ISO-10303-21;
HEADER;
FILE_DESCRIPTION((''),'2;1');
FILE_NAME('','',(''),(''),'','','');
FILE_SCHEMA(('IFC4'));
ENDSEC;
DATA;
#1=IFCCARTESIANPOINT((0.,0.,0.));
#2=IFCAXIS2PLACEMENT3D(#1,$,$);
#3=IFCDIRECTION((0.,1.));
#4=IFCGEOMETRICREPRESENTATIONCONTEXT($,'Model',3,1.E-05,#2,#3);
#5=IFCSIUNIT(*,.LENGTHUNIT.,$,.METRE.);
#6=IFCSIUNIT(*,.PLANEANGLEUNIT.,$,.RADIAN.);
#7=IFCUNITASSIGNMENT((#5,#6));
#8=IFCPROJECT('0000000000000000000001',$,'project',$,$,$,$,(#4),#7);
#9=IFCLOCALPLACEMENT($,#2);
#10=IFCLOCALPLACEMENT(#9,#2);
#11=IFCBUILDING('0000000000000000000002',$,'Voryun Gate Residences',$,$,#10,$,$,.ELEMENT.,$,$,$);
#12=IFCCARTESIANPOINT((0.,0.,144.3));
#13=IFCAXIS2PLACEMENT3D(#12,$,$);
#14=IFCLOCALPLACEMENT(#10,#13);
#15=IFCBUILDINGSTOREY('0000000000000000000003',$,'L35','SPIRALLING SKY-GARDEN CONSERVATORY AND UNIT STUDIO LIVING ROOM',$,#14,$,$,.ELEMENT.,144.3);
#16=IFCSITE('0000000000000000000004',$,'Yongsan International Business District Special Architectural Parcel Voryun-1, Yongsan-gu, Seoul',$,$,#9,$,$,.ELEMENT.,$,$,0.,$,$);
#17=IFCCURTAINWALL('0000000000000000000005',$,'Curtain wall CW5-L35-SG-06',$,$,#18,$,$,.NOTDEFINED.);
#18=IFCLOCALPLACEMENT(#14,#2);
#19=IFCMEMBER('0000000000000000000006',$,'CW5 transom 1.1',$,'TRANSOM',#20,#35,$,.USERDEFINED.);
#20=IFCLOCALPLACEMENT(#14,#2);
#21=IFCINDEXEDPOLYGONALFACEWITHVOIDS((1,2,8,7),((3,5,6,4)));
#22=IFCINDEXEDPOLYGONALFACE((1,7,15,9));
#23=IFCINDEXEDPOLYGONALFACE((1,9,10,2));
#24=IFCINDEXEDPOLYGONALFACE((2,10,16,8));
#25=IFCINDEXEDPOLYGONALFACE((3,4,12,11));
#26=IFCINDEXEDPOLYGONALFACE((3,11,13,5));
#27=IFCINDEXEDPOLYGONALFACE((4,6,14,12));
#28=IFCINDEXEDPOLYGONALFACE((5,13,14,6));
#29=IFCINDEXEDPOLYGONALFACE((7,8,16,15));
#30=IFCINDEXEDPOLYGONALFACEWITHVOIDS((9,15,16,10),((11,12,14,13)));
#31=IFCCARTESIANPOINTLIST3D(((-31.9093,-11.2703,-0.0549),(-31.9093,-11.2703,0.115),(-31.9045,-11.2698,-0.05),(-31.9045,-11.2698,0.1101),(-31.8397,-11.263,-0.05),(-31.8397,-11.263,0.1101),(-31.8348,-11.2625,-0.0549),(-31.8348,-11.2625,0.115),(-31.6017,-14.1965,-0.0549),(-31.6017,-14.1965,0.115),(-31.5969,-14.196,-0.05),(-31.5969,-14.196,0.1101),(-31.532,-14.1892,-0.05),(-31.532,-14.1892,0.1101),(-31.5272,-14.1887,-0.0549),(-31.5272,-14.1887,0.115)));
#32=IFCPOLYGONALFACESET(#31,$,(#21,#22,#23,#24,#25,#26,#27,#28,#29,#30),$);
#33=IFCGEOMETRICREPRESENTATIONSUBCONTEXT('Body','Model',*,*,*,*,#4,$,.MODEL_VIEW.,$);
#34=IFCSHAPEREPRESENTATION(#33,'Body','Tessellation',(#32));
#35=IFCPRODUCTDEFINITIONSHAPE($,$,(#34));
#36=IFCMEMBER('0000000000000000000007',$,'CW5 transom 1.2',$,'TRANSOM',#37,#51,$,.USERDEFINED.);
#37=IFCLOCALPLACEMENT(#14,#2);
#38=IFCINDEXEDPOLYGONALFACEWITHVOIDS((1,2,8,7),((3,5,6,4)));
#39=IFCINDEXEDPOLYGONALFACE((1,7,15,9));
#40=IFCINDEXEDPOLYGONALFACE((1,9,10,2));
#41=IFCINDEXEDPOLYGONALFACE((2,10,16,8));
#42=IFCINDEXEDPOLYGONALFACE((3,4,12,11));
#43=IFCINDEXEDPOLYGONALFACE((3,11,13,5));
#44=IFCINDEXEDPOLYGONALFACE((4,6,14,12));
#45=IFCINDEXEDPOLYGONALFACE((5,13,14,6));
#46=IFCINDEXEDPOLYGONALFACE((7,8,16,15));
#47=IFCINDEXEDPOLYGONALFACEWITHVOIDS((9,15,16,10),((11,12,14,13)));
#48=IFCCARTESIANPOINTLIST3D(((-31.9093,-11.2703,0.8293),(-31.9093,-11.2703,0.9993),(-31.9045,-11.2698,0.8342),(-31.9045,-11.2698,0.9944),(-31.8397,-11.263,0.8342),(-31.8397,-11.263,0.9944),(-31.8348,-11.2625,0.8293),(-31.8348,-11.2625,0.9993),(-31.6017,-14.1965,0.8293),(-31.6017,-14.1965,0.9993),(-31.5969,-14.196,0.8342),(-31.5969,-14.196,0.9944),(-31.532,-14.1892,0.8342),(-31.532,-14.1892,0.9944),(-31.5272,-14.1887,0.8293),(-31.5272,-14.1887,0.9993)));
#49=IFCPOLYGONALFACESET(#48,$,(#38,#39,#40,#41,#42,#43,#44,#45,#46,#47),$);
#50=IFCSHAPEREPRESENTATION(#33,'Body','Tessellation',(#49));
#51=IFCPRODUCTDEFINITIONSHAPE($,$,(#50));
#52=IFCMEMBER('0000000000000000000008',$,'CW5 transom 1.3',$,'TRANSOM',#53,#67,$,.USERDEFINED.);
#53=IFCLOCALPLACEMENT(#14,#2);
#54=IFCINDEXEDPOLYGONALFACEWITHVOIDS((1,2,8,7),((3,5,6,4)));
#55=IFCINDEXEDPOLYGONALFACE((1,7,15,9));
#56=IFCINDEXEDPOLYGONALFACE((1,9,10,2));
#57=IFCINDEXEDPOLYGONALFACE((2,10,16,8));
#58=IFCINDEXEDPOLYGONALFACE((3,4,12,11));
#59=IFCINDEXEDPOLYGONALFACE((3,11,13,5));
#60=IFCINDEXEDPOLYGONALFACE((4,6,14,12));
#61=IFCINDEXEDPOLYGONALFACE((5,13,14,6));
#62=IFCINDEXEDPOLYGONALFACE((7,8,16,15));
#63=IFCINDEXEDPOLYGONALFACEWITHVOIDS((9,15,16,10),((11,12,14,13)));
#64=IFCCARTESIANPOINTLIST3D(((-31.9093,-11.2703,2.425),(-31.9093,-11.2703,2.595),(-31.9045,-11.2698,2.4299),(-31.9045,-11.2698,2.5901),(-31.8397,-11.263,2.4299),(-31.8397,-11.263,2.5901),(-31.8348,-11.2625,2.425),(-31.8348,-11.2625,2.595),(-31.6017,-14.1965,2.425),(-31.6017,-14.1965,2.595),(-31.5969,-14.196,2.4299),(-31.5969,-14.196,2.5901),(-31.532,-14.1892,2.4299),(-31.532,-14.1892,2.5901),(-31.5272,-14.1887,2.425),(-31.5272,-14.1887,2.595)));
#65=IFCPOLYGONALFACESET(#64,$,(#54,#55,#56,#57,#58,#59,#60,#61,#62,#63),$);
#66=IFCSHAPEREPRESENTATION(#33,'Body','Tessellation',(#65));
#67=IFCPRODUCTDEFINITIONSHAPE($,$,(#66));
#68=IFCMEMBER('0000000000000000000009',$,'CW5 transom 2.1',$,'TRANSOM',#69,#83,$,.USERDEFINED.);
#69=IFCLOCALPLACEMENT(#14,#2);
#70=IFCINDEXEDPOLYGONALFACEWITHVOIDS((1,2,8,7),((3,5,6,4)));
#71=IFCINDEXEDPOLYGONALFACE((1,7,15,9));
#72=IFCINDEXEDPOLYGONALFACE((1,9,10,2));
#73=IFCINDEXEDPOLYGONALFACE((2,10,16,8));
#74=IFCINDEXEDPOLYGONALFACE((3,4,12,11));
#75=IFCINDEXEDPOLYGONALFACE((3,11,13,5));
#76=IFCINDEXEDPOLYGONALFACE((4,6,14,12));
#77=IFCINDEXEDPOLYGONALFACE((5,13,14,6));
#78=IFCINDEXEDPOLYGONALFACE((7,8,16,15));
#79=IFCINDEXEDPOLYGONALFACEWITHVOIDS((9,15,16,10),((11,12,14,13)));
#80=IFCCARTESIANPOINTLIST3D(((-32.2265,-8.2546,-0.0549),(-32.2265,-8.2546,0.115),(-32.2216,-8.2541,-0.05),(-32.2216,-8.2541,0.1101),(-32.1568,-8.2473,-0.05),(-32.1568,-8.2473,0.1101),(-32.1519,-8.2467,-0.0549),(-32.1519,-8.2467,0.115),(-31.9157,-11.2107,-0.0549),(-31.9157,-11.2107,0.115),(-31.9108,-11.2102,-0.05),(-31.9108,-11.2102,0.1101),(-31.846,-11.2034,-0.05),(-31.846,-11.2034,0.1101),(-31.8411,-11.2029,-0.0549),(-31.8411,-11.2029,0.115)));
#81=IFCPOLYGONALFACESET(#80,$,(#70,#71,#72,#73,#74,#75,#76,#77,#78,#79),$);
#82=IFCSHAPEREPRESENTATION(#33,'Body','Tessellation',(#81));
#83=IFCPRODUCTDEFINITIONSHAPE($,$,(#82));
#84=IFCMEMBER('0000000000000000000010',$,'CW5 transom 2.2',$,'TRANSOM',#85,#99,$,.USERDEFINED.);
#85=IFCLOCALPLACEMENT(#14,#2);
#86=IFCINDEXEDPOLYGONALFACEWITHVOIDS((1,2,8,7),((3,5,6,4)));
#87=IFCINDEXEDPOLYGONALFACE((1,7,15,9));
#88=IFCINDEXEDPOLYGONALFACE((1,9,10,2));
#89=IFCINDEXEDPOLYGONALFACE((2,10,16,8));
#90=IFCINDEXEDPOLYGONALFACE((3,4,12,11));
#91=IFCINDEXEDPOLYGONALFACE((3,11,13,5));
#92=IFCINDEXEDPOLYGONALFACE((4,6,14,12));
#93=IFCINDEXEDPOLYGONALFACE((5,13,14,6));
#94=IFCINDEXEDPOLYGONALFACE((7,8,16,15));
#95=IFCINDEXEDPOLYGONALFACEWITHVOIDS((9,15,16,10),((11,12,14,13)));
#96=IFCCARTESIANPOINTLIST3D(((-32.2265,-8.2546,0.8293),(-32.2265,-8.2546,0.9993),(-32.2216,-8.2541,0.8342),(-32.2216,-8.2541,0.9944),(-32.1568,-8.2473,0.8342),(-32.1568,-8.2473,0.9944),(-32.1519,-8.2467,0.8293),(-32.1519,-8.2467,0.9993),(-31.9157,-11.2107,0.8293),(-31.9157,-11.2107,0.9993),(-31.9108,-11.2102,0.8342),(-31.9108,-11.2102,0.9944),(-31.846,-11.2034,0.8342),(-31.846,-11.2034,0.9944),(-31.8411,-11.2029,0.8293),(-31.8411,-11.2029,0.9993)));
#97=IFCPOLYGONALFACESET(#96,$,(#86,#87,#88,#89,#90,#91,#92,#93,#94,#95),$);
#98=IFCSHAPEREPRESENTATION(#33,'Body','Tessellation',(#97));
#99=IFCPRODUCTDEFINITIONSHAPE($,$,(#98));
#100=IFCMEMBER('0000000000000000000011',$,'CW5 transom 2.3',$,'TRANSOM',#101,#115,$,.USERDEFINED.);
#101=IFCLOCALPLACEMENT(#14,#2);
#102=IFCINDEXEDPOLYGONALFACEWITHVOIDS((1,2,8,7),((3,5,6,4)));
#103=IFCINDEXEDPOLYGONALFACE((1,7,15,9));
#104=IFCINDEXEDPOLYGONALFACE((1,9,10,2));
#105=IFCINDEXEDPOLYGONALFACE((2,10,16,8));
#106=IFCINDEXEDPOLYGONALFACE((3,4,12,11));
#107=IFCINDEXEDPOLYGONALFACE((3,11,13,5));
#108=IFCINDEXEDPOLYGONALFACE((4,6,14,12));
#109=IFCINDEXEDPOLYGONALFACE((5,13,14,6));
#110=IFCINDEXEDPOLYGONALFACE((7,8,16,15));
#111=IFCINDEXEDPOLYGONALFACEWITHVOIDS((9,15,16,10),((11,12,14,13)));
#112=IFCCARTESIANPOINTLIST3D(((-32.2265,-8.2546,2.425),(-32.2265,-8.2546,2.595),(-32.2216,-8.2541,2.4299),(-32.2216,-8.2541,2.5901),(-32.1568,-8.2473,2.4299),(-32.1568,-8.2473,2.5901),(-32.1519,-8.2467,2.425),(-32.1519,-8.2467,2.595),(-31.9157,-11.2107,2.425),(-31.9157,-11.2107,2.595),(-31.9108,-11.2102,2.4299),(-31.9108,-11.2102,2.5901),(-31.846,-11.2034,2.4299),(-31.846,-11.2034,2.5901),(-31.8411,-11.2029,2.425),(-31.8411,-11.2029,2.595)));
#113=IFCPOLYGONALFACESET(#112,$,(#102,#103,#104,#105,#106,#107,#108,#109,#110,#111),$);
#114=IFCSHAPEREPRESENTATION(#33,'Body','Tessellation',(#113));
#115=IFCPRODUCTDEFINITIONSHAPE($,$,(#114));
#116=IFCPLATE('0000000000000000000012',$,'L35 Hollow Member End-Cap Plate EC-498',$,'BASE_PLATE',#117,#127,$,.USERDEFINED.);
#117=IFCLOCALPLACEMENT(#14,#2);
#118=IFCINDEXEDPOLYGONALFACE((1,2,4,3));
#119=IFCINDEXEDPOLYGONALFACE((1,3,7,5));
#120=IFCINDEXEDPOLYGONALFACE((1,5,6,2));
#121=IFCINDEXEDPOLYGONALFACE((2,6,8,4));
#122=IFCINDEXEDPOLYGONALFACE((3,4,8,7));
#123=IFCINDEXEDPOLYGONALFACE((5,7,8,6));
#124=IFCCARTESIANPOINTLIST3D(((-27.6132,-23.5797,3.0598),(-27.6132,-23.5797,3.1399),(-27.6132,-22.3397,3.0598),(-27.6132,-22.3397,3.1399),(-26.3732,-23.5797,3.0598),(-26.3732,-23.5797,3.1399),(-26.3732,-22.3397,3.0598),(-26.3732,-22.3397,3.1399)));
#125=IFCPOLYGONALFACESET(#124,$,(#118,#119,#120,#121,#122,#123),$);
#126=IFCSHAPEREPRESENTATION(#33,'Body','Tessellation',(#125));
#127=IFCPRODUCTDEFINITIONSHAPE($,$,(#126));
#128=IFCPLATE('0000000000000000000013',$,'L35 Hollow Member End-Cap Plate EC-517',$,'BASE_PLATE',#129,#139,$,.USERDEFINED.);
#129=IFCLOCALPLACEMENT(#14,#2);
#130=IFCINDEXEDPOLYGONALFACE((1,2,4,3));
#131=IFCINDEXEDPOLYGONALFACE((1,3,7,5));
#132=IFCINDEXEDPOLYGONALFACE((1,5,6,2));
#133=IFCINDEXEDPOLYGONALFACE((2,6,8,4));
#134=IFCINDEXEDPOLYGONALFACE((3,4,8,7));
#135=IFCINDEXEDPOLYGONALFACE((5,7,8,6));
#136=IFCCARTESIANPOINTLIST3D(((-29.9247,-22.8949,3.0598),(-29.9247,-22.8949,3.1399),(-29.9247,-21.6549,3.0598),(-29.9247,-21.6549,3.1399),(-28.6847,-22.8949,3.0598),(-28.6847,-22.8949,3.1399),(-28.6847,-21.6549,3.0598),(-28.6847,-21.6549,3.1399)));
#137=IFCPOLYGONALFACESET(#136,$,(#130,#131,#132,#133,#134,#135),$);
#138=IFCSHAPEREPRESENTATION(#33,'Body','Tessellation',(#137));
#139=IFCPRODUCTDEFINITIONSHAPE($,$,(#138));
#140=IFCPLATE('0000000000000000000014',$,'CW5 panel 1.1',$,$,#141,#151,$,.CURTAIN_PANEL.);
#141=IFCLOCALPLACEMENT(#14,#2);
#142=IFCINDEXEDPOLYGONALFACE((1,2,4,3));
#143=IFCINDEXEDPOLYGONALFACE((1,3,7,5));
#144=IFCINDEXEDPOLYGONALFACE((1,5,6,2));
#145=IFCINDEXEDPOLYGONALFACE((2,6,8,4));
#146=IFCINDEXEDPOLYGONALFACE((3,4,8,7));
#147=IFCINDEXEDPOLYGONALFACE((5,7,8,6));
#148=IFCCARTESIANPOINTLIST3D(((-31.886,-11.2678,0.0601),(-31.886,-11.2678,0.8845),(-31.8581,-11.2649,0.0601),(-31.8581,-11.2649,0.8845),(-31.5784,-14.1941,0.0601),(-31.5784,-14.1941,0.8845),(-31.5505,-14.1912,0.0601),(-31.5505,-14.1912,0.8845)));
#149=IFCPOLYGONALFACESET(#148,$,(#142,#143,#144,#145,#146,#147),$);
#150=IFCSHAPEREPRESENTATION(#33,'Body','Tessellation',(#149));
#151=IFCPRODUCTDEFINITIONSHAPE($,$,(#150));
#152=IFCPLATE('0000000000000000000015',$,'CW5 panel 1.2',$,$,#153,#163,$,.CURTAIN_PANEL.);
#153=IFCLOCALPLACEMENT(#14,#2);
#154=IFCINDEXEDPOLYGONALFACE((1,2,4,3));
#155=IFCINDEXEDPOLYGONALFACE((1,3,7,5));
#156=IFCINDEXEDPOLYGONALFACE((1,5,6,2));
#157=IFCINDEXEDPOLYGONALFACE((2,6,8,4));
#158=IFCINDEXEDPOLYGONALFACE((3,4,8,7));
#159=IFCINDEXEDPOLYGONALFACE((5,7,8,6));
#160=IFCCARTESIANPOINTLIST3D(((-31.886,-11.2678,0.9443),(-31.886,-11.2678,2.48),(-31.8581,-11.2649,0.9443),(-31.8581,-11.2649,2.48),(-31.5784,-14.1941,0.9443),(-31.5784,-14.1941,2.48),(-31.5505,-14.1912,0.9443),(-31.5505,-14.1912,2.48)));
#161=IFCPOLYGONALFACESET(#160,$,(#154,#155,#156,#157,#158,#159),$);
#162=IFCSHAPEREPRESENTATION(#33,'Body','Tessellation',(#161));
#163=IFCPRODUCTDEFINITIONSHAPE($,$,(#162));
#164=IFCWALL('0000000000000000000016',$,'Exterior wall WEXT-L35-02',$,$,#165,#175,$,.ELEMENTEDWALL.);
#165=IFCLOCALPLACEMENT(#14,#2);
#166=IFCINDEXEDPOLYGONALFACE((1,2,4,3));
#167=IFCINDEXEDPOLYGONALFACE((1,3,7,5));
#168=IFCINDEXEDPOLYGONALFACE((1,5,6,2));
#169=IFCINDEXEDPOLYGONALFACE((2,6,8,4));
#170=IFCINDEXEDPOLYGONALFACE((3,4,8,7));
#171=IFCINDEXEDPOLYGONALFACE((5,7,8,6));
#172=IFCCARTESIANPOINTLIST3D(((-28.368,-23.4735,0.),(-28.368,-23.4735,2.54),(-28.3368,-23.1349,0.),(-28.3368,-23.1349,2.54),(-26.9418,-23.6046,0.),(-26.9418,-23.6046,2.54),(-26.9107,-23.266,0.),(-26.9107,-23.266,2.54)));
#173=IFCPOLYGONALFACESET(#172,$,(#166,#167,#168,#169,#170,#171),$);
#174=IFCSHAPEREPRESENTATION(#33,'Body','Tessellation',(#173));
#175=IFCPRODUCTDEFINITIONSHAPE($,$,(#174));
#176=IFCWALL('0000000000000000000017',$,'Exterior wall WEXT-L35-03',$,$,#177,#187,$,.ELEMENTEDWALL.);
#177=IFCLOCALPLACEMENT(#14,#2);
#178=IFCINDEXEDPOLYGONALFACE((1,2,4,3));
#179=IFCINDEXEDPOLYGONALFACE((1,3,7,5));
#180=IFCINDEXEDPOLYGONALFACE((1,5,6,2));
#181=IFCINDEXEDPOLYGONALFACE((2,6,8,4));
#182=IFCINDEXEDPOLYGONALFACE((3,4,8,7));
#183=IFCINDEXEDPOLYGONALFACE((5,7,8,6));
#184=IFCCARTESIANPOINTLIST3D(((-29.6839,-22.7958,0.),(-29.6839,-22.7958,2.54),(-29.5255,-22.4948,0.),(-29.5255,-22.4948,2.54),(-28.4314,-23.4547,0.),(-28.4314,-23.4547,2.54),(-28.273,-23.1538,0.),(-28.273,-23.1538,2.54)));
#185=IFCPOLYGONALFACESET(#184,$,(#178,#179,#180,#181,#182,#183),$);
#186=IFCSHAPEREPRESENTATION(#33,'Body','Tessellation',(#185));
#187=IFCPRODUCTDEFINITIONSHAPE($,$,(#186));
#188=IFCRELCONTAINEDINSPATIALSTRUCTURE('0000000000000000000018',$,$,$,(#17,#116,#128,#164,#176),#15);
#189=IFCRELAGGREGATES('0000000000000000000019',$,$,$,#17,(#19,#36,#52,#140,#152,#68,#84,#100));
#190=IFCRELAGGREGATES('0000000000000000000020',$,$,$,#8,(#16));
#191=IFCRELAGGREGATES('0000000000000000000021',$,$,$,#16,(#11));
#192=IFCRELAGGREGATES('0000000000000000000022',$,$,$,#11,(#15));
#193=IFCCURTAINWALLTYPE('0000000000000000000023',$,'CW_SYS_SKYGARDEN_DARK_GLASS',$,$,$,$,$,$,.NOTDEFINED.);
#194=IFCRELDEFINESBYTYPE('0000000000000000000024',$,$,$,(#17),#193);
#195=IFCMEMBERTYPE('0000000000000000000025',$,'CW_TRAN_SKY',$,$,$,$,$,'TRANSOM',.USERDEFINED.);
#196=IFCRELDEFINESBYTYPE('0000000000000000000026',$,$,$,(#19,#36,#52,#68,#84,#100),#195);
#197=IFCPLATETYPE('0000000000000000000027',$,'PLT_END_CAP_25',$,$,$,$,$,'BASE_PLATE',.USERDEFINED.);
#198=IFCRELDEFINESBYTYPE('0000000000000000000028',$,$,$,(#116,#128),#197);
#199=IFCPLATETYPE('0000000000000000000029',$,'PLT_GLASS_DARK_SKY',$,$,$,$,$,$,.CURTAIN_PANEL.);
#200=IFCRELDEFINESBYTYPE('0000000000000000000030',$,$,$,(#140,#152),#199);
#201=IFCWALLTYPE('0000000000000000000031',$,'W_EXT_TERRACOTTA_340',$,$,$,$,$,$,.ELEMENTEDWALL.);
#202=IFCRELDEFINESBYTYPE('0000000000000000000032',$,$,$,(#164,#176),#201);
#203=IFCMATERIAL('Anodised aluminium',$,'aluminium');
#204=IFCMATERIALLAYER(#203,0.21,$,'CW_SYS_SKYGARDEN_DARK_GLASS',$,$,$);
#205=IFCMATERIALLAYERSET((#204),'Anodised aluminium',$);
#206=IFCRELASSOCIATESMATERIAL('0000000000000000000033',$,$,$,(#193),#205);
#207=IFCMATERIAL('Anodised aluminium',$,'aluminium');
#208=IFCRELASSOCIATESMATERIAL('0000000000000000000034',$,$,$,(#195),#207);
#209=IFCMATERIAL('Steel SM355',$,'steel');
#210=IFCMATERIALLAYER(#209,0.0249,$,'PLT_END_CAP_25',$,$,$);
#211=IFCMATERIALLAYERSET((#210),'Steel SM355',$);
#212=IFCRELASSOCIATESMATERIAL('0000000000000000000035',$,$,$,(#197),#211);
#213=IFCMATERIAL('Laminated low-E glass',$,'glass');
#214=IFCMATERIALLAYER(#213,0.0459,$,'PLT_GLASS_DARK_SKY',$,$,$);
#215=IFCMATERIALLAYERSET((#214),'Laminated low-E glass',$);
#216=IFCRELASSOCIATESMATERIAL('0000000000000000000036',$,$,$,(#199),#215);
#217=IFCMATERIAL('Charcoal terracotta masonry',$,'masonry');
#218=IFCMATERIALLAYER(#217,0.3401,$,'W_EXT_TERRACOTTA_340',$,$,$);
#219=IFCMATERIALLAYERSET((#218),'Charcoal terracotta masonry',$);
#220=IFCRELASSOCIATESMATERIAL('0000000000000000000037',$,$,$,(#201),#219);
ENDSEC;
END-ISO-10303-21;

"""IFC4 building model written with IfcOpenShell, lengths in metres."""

from ifc_helpers import new_model, si_unit, direction, frame, frame_2d, origin, origin_2d, place, context, subcontext, project, spatial, rectangle, hollow_rectangle, extrude, material, layer, layer_set, material_profile, profile_set, type_object, element, aggregate, save


model = new_model("IFC4")

# Units and contexts
model_context = context("Model", 3, precision=1e-05, world=origin(), true_north=direction((0.0, 1.0)))
body_context = subcontext(model_context, "Body", "Model", "MODEL_VIEW")
ifc_project = project(units=[si_unit("LENGTHUNIT", "METRE"), si_unit("PLANEANGLEUNIT", "RADIAN")], contexts=[model_context])

# Site, building, storey
site_placement = place(None, origin())
site = spatial("IfcSite", under=ifc_project, at=site_placement, Name="Yongsan International Business District Special Architectural Parcel Voryun-1, Yongsan-gu, Seoul", CompositionType="ELEMENT", RefElevation=0.0)
building_placement = place(site_placement, origin())
building = spatial("IfcBuilding", under=site, at=building_placement, Name="Voryun Gate Residences", CompositionType="ELEMENT")
storey_placement = place(building_placement, frame((0.0, 0.0, 144.3)))
storey = spatial("IfcBuildingStorey", under=building, at=storey_placement, Name="L35", Description="SPIRALLING SKY-GARDEN CONSERVATORY AND UNIT STUDIO LIVING ROOM", CompositionType="ELEMENT", Elevation=144.3)

# Curtain wall, members
ifc_material_1 = material(Name="Anodised aluminium", Category="aluminium")
ifc_layer_1 = layer(ifc_material_1, 0.21, Name="CW_SYS_SKYGARDEN_DARK_GLASS")
ifc_layer_set_1 = layer_set([ifc_layer_1], Name="Anodised aluminium")
curtain_wall_type = type_object("IfcCurtainWallType", Name="CW_SYS_SKYGARDEN_DARK_GLASS", PredefinedType="NOTDEFINED", material=ifc_layer_set_1)
curtain_wall_placement = place(storey_placement, origin())
curtain_wall = element("IfcCurtainWall", 1, at=curtain_wall_placement, inside=storey, type_object=curtain_wall_type, Name="Curtain wall CW5-L35-SG-06", PredefinedType="NOTDEFINED")
ifc_material_2 = material(Name="Anodised aluminium", Category="aluminium")
ifc_material_profile_1 = material_profile(ifc_material_2, hollow_rectangle(XDim=0.075, YDim=0.1699, WallThickness=0.0049, at=origin_2d()), Name="ALU-TRAN-170x75x5")
ifc_profile_set_1 = profile_set([ifc_material_profile_1], Name="Anodised aluminium")
member_type_1 = type_object("IfcMemberType", Name="CW_TRAN_SKY", ElementType="TRANSOM", PredefinedType="USERDEFINED", material=ifc_profile_set_1)
member_1_placement = place(storey_placement, frame((-31.5645, -14.1926, 0.03), z_axis=(-0.104547, 0.99452, 0.0), x_axis=(-0.99452, -0.104547, 0.0)))
member_1 = element("IfcMember", 2, at=member_1_placement, type_object=member_type_1, Name="CW5 transom 1.1", ObjectType="TRANSOM", PredefinedType="USERDEFINED", context=body_context, shape_type="SweptSolid", body=[
    extrude(hollow_rectangle(XDim=0.075, YDim=0.1699, WallThickness=0.0049, at=origin_2d()), origin(), (0.0, 0.0, 1.0), 2.9424),
])
member_2_placement = place(storey_placement, frame((-31.5645, -14.1926, 0.9143), z_axis=(-0.104547, 0.99452, 0.0), x_axis=(-0.99452, -0.104547, 0.0)))
member_2 = element("IfcMember", 3, at=member_2_placement, type_object=member_type_1, Name="CW5 transom 1.2", ObjectType="TRANSOM", PredefinedType="USERDEFINED", context=body_context, shape_type="SweptSolid", body=[
    extrude(hollow_rectangle(XDim=0.075, YDim=0.1699, WallThickness=0.0049, at=origin_2d()), origin(), (0.0, 0.0, 1.0), 2.9424),
])
member_3_placement = place(storey_placement, frame((-31.5645, -14.1926, 2.51), z_axis=(-0.104547, 0.99452, 0.0), x_axis=(-0.99452, -0.104547, 0.0)))
member_3 = element("IfcMember", 4, at=member_3_placement, type_object=member_type_1, Name="CW5 transom 1.3", ObjectType="TRANSOM", PredefinedType="USERDEFINED", context=body_context, shape_type="SweptSolid", body=[
    extrude(hollow_rectangle(XDim=0.075, YDim=0.1699, WallThickness=0.0049, at=origin_2d()), origin(), (0.0, 0.0, 1.0), 2.9424),
])
member_4_placement = place(storey_placement, frame((-31.8784, -11.2068, 0.03), z_axis=(-0.104561, 0.994518, 0.0), x_axis=(-0.994518, -0.104561, 0.0)))
member_4 = element("IfcMember", 5, at=member_4_placement, type_object=member_type_1, Name="CW5 transom 2.1", ObjectType="TRANSOM", PredefinedType="USERDEFINED", context=body_context, shape_type="SweptSolid", body=[
    extrude(hollow_rectangle(XDim=0.075, YDim=0.1699, WallThickness=0.0049, at=origin_2d()), origin(), (0.0, 0.0, 1.0), 2.9724),
])
member_5_placement = place(storey_placement, frame((-31.8784, -11.2068, 0.9143), z_axis=(-0.104561, 0.994518, 0.0), x_axis=(-0.994518, -0.104561, 0.0)))
member_5 = element("IfcMember", 6, at=member_5_placement, type_object=member_type_1, Name="CW5 transom 2.2", ObjectType="TRANSOM", PredefinedType="USERDEFINED", context=body_context, shape_type="SweptSolid", body=[
    extrude(hollow_rectangle(XDim=0.075, YDim=0.1699, WallThickness=0.0049, at=origin_2d()), origin(), (0.0, 0.0, 1.0), 2.9724),
])
member_6_placement = place(storey_placement, frame((-31.8784, -11.2068, 2.51), z_axis=(-0.104561, 0.994518, 0.0), x_axis=(-0.994518, -0.104561, 0.0)))
member_6 = element("IfcMember", 7, at=member_6_placement, type_object=member_type_1, Name="CW5 transom 2.3", ObjectType="TRANSOM", PredefinedType="USERDEFINED", context=body_context, shape_type="SweptSolid", body=[
    extrude(hollow_rectangle(XDim=0.075, YDim=0.1699, WallThickness=0.0049, at=origin_2d()), origin(), (0.0, 0.0, 1.0), 2.9724),
])

# Plates
ifc_material_3 = material(Name="Steel SM355", Category="steel")
ifc_layer_2 = layer(ifc_material_3, 0.0249, Name="PLT_END_CAP_25")
ifc_layer_set_2 = layer_set([ifc_layer_2], Name="Steel SM355")
plate_type_1 = type_object("IfcPlateType", Name="PLT_END_CAP_25", ElementType="BASE_PLATE", PredefinedType="USERDEFINED", material=ifc_layer_set_2)
for number, where, z_axis, x_axis, name in (
    (8, (-26.9932, -22.9597, 3.0598), (0.0, 0.0, 1.0), (1.0, 0.0, 0.0), "L35 Hollow Member End-Cap Plate EC-498"),
    (9, (-29.3047, -22.2749, 3.0598), (0.0, 0.0, 1.0), (1.0, 0.0, 0.0), "L35 Hollow Member End-Cap Plate EC-517"),
):
    element("IfcPlate", number, at=place(storey_placement, frame(where, z_axis=z_axis, x_axis=x_axis)), inside=storey, type_object=plate_type_1, Name=name, ObjectType="BASE_PLATE", PredefinedType="USERDEFINED", context=body_context, shape_type="SweptSolid", body=[
        extrude(rectangle(XDim=1.24, YDim=1.24, at=origin_2d()), origin(), (0.0, 0.0, 1.0), 0.0801),
    ])

# Plates
ifc_material_4 = material(Name="Laminated low-E glass", Category="glass")
ifc_layer_3 = layer(ifc_material_4, 0.0459, Name="PLT_GLASS_DARK_SKY")
ifc_layer_set_3 = layer_set([ifc_layer_3], Name="Laminated low-E glass")
plate_type_2 = type_object("IfcPlateType", Name="PLT_GLASS_DARK_SKY", PredefinedType="CURTAIN_PANEL", material=ifc_layer_set_3)
plate_1_placement = place(storey_placement, frame((-31.7183, -12.7295, 0.0601), z_axis=(0.0, 0.0, 1.0), x_axis=(-0.10453, 0.994522, 0.0)))
plate_1 = element("IfcPlate", 10, at=plate_1_placement, type_object=plate_type_2, Name="CW5 panel 1.1", PredefinedType="CURTAIN_PANEL", context=body_context, shape_type="SweptSolid", body=[
    extrude(rectangle(XDim=2.9424, YDim=0.0281, at=origin_2d()), origin(), (0.0, 0.0, 1.0), 0.8245),
])
plate_2_placement = place(storey_placement, frame((-31.7183, -12.7295, 0.9443), z_axis=(0.0, 0.0, 1.0), x_axis=(-0.10453, 0.994522, 0.0)))
plate_2 = element("IfcPlate", 11, at=plate_2_placement, type_object=plate_type_2, Name="CW5 panel 1.2", PredefinedType="CURTAIN_PANEL", context=body_context, shape_type="SweptSolid", body=[
    extrude(rectangle(XDim=2.9424, YDim=0.0281, at=origin_2d()), origin(), (0.0, 0.0, 1.0), 1.5356),
])
aggregate(curtain_wall, [member_1, member_2, member_3, plate_1, plate_2, member_4, member_5, member_6])

# Walls
ifc_material_5 = material(Name="Charcoal terracotta masonry", Category="masonry")
ifc_layer_4 = layer(ifc_material_5, 0.3401, Name="W_EXT_TERRACOTTA_340")
ifc_layer_set_4 = layer_set([ifc_layer_4], Name="Charcoal terracotta masonry")
wall_type_1 = type_object("IfcWallType", Name="W_EXT_TERRACOTTA_340", PredefinedType="ELEMENTEDWALL", material=ifc_layer_set_4)
wall_1_placement = place(storey_placement, frame((-26.9263, -23.4353, 0.0), z_axis=(0.0, 0.0, 1.0), x_axis=(-0.9958, 0.09155, 0.0)))
element("IfcWall", 12, at=wall_1_placement, inside=storey, type_object=wall_type_1, Name="Exterior wall WEXT-L35-02", PredefinedType="ELEMENTEDWALL", context=body_context, shape_type="SweptSolid", body=[
    extrude(rectangle(XDim=1.4321, YDim=0.3401, at=frame_2d((0.7161, 0.0))), origin(), (0.0, 0.0, 1.0), 2.54),
])
wall_2_placement = place(storey_placement, frame((-28.3523, -23.3042, 0.0), z_axis=(0.0, 0.0, 1.0), x_axis=(-0.884989, 0.465611, 0.0)))
element("IfcWall", 13, at=wall_2_placement, inside=storey, type_object=wall_type_1, Name="Exterior wall WEXT-L35-03", PredefinedType="ELEMENTEDWALL", context=body_context, shape_type="SweptSolid", body=[
    extrude(rectangle(XDim=1.4153, YDim=0.3401, at=frame_2d((0.7075, 0.0))), origin(), (0.0, 0.0, 1.0), 2.54),
])

save(model, "model.ifc")
